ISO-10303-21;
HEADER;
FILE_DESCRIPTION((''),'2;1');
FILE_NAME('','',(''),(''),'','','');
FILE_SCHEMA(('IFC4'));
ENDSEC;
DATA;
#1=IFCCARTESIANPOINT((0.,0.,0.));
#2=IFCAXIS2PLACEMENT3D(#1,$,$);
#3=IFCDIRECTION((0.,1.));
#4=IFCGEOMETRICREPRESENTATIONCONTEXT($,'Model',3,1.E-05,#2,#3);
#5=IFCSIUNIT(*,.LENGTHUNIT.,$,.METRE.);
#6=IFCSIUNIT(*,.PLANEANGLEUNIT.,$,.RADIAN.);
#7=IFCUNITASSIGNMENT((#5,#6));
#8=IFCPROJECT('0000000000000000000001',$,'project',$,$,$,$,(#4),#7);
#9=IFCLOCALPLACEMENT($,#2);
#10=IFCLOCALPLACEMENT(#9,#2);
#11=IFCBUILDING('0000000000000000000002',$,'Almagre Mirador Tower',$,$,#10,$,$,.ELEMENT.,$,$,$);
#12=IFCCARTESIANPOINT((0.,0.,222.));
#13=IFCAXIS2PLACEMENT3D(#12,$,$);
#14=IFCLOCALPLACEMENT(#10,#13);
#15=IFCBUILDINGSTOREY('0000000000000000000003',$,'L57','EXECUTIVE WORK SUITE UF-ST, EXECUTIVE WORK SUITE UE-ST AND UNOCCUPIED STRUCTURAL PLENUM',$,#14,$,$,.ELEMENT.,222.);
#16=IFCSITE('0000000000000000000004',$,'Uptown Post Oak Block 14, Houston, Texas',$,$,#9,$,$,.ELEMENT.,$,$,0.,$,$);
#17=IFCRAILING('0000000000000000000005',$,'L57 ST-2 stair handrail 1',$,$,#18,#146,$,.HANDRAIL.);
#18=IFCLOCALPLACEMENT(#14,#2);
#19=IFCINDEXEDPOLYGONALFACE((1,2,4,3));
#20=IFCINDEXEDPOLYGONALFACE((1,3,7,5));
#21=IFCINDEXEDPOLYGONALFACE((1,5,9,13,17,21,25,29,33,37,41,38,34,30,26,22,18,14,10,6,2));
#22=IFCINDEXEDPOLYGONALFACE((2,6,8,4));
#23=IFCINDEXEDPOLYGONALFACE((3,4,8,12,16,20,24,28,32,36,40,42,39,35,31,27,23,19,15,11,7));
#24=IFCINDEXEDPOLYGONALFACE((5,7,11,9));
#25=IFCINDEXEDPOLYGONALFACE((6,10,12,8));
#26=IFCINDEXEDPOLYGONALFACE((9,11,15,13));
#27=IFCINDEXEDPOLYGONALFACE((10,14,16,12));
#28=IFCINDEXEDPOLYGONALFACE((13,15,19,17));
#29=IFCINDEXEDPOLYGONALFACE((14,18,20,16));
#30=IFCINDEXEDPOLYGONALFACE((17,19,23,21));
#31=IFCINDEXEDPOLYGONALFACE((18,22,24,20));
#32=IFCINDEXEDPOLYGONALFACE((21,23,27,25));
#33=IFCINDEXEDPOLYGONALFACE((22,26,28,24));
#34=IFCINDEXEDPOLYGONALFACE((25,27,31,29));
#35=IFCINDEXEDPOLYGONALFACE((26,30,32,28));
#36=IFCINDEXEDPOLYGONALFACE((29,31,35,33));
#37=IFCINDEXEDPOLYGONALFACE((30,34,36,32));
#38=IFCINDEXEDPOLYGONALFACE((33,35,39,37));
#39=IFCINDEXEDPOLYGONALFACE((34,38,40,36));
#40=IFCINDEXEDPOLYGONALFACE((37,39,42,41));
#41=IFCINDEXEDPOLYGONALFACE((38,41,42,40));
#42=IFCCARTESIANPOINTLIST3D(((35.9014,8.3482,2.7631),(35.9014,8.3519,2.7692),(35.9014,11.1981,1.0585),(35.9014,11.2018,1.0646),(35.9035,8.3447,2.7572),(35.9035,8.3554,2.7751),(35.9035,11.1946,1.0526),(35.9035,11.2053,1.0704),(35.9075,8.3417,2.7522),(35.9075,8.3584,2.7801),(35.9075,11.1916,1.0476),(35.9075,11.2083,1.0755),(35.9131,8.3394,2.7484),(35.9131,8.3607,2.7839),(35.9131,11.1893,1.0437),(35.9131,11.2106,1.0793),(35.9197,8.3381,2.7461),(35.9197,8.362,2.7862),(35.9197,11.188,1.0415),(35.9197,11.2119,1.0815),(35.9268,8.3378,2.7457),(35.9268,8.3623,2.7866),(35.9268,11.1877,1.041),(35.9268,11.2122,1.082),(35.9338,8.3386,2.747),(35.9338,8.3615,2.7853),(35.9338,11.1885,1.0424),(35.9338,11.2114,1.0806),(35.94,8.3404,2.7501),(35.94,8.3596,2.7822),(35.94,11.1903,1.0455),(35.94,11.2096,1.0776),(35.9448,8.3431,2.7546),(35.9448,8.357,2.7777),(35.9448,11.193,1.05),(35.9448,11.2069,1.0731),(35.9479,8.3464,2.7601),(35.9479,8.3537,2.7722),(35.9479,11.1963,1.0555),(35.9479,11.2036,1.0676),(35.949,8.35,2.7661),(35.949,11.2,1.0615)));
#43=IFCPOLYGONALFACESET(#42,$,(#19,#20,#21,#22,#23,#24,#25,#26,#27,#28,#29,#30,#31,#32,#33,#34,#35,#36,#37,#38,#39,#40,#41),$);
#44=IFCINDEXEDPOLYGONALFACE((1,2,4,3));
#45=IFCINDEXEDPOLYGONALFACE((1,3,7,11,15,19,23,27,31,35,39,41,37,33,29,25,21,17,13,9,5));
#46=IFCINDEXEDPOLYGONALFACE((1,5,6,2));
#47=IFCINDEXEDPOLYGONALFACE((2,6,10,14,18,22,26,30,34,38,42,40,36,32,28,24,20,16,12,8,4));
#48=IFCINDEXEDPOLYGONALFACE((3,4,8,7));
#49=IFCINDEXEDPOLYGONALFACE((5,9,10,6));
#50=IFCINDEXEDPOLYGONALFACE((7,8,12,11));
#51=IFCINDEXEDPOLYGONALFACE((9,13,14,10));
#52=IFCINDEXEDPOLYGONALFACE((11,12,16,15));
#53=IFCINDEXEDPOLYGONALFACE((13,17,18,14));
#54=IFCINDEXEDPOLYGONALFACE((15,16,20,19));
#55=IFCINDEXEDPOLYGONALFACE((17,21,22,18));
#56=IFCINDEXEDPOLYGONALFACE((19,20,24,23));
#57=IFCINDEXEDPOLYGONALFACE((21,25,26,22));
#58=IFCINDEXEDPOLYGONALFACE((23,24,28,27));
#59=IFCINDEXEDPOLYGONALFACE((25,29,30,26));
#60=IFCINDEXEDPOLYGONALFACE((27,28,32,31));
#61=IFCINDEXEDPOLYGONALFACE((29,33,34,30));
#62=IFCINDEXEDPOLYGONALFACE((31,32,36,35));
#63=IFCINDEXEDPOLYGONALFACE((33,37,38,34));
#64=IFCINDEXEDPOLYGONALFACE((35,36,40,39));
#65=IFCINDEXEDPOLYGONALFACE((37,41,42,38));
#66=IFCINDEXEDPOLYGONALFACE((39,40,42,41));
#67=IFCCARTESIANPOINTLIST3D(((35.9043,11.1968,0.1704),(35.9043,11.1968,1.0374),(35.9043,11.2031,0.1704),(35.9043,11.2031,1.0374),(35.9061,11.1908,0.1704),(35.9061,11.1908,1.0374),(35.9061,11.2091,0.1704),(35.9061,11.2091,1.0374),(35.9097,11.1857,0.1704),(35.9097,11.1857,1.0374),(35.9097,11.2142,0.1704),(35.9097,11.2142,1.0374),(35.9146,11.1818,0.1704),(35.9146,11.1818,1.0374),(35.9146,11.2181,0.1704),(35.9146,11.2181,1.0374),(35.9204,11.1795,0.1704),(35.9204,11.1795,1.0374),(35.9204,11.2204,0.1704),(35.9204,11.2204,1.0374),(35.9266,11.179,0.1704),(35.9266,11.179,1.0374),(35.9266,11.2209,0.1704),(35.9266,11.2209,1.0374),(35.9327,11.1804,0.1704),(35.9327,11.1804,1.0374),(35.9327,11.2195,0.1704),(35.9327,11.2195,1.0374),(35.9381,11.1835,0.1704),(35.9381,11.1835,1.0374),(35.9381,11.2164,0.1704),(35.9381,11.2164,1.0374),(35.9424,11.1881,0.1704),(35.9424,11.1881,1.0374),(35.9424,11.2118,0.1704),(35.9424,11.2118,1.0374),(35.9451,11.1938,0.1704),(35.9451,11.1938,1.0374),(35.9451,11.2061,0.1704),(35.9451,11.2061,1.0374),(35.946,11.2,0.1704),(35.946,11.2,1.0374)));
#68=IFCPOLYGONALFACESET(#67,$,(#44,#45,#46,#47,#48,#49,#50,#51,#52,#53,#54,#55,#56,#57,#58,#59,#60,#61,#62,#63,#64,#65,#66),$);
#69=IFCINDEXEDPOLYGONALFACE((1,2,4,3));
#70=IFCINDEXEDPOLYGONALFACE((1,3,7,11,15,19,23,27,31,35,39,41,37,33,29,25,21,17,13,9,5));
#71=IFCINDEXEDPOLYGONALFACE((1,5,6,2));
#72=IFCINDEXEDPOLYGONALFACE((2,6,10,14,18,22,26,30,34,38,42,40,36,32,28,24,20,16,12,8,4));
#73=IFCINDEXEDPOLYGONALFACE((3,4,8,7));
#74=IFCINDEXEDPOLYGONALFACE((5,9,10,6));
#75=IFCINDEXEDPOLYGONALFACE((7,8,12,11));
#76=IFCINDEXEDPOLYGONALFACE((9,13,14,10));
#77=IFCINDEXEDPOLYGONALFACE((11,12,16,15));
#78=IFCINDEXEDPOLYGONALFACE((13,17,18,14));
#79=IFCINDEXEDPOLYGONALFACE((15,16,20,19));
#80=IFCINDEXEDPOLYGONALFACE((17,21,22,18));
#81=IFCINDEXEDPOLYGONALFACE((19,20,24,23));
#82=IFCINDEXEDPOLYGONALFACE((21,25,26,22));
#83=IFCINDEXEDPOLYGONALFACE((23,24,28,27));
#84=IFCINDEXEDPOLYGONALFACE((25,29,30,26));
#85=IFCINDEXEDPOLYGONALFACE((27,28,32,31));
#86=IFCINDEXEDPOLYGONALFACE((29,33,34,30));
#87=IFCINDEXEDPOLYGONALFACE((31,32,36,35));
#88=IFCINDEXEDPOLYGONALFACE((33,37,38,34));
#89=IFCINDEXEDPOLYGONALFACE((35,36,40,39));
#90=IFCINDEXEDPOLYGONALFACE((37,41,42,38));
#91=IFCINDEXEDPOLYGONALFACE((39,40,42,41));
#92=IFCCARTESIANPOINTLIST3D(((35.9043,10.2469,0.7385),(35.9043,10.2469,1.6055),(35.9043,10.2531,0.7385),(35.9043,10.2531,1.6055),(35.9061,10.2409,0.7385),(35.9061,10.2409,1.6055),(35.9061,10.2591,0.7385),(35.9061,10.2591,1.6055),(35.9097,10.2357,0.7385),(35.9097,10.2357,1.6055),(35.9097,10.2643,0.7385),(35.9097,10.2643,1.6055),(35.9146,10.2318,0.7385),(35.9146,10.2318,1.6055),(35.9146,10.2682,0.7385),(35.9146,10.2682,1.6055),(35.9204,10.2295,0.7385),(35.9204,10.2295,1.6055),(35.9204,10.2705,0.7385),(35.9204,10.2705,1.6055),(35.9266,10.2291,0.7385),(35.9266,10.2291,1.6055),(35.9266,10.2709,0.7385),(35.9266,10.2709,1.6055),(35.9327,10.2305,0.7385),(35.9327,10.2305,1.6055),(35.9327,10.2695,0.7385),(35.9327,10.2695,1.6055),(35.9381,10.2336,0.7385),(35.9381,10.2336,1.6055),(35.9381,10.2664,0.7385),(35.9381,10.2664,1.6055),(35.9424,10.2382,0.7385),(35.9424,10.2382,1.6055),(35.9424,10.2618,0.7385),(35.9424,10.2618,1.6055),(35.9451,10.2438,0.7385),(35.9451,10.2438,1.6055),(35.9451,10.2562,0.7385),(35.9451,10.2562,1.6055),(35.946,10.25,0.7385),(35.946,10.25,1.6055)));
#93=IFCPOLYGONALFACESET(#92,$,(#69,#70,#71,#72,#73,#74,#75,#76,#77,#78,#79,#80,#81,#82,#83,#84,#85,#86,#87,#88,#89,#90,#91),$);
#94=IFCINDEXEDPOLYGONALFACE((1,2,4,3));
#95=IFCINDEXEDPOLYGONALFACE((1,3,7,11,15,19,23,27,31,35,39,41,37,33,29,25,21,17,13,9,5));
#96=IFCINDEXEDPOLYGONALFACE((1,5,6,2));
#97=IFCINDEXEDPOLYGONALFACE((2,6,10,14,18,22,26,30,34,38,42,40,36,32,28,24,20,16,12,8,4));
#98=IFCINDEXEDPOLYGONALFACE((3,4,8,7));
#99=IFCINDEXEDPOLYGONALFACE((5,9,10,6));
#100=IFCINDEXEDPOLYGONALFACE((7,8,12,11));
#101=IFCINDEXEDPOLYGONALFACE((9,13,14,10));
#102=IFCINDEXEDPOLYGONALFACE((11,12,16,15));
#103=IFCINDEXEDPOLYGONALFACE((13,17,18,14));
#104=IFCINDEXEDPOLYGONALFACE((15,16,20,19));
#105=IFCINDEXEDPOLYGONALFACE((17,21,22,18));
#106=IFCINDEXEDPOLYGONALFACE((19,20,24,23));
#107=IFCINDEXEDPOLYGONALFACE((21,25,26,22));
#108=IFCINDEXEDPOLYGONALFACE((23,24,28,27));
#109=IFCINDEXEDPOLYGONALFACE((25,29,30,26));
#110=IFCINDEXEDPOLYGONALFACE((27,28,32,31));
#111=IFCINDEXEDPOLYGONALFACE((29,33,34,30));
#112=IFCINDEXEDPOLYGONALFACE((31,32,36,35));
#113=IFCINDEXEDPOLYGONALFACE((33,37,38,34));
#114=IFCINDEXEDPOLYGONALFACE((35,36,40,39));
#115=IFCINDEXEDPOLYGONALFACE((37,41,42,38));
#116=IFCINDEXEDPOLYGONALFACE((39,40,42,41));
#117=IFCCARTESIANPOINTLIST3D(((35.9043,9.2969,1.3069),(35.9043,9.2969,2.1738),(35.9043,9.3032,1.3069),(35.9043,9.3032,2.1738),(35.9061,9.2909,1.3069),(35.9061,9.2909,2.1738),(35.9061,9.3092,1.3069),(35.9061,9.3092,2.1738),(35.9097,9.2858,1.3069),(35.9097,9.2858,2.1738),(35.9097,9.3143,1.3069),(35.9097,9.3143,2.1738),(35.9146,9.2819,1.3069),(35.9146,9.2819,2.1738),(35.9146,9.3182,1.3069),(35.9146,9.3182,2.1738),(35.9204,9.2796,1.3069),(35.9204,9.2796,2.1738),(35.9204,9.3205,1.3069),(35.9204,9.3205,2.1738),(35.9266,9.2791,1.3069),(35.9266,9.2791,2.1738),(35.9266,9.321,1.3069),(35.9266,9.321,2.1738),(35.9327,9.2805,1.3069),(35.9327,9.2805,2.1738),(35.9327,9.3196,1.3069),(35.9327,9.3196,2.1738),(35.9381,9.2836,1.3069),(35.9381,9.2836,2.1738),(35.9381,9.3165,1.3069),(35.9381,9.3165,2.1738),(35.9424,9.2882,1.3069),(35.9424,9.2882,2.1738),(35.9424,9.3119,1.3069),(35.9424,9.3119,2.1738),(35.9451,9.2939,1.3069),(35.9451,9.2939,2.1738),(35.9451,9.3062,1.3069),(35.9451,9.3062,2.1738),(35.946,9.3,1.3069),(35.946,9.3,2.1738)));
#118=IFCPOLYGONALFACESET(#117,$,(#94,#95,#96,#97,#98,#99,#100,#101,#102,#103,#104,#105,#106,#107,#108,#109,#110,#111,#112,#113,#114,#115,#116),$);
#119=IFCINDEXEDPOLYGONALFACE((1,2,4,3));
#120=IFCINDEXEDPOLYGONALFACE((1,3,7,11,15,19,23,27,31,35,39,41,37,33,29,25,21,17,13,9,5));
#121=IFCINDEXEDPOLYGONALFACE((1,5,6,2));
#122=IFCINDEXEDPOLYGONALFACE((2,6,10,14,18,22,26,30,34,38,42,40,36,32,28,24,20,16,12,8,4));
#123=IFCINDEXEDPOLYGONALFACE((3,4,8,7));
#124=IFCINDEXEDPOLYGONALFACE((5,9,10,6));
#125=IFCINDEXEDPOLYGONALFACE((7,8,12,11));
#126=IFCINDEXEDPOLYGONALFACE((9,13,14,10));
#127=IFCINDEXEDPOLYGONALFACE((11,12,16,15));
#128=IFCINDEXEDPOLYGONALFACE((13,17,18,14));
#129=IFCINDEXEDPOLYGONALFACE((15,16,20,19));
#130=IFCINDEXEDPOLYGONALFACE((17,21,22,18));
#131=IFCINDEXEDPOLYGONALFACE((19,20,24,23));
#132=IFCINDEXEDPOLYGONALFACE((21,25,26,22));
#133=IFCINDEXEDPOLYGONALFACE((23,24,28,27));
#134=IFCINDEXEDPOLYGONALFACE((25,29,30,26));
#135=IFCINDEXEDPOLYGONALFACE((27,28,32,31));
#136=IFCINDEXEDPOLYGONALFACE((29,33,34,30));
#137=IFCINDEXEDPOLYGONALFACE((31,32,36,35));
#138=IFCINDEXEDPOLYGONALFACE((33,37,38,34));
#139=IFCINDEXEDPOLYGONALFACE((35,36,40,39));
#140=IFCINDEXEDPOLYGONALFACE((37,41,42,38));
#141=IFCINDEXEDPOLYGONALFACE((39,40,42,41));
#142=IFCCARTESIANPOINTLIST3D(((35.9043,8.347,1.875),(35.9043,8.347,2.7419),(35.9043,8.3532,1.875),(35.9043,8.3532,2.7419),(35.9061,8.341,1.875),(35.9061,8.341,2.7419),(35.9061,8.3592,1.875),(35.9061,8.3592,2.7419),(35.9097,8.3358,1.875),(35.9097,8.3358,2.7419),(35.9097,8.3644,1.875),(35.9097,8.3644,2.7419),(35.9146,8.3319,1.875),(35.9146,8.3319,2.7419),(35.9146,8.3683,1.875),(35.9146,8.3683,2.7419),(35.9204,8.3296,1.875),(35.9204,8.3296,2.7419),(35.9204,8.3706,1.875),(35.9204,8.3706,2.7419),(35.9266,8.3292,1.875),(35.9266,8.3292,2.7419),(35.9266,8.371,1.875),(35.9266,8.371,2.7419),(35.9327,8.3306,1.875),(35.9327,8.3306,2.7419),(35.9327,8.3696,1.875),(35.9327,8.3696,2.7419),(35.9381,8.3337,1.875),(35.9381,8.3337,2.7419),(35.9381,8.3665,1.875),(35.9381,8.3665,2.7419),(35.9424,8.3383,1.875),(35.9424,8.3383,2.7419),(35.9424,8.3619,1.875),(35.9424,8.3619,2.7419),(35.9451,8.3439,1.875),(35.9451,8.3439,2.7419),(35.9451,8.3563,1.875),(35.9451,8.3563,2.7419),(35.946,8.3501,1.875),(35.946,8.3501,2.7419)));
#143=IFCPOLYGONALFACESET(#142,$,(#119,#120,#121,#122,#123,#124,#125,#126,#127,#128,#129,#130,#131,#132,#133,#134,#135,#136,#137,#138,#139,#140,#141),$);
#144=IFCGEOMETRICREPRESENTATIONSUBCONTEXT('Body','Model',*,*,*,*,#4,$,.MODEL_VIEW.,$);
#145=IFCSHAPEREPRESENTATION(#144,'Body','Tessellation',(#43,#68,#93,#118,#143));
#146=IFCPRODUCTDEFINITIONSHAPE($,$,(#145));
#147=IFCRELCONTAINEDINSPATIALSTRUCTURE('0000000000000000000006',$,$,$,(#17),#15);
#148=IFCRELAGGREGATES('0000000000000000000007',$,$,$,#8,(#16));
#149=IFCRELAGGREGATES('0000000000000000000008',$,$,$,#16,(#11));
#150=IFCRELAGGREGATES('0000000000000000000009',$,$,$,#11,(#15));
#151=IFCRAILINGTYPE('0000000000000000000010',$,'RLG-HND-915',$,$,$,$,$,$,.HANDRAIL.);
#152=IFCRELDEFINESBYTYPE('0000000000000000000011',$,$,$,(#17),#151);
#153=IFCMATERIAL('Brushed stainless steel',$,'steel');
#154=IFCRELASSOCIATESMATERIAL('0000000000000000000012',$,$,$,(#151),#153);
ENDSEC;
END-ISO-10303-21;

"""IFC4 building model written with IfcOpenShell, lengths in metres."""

from ifc_helpers import new_model, si_unit, direction, frame, origin, origin_2d, place, context, subcontext, project, spatial, circle, extrude, material, type_object, element, save


model = new_model("IFC4")

# Units and contexts
model_context = context("Model", 3, precision=1e-05, world=origin(), true_north=direction((0.0, 1.0)))
body_context = subcontext(model_context, "Body", "Model", "MODEL_VIEW")
ifc_project = project(units=[si_unit("LENGTHUNIT", "METRE"), si_unit("PLANEANGLEUNIT", "RADIAN")], contexts=[model_context])

# Site, building, storey
site_placement = place(None, origin())
site = spatial("IfcSite", under=ifc_project, at=site_placement, Name="Uptown Post Oak Block 14, Houston, Texas", CompositionType="ELEMENT", RefElevation=0.0)
building_placement = place(site_placement, origin())
building = spatial("IfcBuilding", under=site, at=building_placement, Name="Almagre Mirador Tower", CompositionType="ELEMENT")
storey_placement = place(building_placement, frame((0.0, 0.0, 222.0)))
storey = spatial("IfcBuildingStorey", under=building, at=storey_placement, Name="L57", Description="EXECUTIVE WORK SUITE UF-ST, EXECUTIVE WORK SUITE UE-ST AND UNOCCUPIED STRUCTURAL PLENUM", CompositionType="ELEMENT", Elevation=222.0)

# Railing
ifc_material_1 = material(Name="Brushed stainless steel", Category="steel")
railing_type_1 = type_object("IfcRailingType", Name="RLG-HND-915", PredefinedType="HANDRAIL", material=ifc_material_1)
railing_1_placement = place(storey_placement, frame((35.925, 11.2, 0.1704)))
element("IfcRailing", 1, at=railing_1_placement, inside=storey, type_object=railing_type_1, Name="L57 ST-2 stair handrail 1", PredefinedType="HANDRAIL", context=body_context, shape_type="SweptSolid", body=[
    extrude(circle(Radius=0.0239, at=origin_2d()), frame((0.0, 0.0, 0.8911), z_axis=(0.0, -0.858199, 0.513317), x_axis=(1.0, 0.0, 0.0)), (0.0, 0.0, 1.0), 3.3208),
    extrude(circle(Radius=0.021, at=origin_2d()), origin(), (0.0, 0.0, 1.0), 0.8669),
    extrude(circle(Radius=0.021, at=origin_2d()), frame((0.0, -0.95, 0.5681)), (0.0, 0.0, 1.0), 0.8669),
    extrude(circle(Radius=0.021, at=origin_2d()), frame((0.0, -1.8999, 1.1365)), (0.0, 0.0, 1.0), 0.8669),
    extrude(circle(Radius=0.021, at=origin_2d()), frame((0.0, -2.8499, 1.7046)), (0.0, 0.0, 1.0), 0.8669),
])

save(model, "model.ifc")
